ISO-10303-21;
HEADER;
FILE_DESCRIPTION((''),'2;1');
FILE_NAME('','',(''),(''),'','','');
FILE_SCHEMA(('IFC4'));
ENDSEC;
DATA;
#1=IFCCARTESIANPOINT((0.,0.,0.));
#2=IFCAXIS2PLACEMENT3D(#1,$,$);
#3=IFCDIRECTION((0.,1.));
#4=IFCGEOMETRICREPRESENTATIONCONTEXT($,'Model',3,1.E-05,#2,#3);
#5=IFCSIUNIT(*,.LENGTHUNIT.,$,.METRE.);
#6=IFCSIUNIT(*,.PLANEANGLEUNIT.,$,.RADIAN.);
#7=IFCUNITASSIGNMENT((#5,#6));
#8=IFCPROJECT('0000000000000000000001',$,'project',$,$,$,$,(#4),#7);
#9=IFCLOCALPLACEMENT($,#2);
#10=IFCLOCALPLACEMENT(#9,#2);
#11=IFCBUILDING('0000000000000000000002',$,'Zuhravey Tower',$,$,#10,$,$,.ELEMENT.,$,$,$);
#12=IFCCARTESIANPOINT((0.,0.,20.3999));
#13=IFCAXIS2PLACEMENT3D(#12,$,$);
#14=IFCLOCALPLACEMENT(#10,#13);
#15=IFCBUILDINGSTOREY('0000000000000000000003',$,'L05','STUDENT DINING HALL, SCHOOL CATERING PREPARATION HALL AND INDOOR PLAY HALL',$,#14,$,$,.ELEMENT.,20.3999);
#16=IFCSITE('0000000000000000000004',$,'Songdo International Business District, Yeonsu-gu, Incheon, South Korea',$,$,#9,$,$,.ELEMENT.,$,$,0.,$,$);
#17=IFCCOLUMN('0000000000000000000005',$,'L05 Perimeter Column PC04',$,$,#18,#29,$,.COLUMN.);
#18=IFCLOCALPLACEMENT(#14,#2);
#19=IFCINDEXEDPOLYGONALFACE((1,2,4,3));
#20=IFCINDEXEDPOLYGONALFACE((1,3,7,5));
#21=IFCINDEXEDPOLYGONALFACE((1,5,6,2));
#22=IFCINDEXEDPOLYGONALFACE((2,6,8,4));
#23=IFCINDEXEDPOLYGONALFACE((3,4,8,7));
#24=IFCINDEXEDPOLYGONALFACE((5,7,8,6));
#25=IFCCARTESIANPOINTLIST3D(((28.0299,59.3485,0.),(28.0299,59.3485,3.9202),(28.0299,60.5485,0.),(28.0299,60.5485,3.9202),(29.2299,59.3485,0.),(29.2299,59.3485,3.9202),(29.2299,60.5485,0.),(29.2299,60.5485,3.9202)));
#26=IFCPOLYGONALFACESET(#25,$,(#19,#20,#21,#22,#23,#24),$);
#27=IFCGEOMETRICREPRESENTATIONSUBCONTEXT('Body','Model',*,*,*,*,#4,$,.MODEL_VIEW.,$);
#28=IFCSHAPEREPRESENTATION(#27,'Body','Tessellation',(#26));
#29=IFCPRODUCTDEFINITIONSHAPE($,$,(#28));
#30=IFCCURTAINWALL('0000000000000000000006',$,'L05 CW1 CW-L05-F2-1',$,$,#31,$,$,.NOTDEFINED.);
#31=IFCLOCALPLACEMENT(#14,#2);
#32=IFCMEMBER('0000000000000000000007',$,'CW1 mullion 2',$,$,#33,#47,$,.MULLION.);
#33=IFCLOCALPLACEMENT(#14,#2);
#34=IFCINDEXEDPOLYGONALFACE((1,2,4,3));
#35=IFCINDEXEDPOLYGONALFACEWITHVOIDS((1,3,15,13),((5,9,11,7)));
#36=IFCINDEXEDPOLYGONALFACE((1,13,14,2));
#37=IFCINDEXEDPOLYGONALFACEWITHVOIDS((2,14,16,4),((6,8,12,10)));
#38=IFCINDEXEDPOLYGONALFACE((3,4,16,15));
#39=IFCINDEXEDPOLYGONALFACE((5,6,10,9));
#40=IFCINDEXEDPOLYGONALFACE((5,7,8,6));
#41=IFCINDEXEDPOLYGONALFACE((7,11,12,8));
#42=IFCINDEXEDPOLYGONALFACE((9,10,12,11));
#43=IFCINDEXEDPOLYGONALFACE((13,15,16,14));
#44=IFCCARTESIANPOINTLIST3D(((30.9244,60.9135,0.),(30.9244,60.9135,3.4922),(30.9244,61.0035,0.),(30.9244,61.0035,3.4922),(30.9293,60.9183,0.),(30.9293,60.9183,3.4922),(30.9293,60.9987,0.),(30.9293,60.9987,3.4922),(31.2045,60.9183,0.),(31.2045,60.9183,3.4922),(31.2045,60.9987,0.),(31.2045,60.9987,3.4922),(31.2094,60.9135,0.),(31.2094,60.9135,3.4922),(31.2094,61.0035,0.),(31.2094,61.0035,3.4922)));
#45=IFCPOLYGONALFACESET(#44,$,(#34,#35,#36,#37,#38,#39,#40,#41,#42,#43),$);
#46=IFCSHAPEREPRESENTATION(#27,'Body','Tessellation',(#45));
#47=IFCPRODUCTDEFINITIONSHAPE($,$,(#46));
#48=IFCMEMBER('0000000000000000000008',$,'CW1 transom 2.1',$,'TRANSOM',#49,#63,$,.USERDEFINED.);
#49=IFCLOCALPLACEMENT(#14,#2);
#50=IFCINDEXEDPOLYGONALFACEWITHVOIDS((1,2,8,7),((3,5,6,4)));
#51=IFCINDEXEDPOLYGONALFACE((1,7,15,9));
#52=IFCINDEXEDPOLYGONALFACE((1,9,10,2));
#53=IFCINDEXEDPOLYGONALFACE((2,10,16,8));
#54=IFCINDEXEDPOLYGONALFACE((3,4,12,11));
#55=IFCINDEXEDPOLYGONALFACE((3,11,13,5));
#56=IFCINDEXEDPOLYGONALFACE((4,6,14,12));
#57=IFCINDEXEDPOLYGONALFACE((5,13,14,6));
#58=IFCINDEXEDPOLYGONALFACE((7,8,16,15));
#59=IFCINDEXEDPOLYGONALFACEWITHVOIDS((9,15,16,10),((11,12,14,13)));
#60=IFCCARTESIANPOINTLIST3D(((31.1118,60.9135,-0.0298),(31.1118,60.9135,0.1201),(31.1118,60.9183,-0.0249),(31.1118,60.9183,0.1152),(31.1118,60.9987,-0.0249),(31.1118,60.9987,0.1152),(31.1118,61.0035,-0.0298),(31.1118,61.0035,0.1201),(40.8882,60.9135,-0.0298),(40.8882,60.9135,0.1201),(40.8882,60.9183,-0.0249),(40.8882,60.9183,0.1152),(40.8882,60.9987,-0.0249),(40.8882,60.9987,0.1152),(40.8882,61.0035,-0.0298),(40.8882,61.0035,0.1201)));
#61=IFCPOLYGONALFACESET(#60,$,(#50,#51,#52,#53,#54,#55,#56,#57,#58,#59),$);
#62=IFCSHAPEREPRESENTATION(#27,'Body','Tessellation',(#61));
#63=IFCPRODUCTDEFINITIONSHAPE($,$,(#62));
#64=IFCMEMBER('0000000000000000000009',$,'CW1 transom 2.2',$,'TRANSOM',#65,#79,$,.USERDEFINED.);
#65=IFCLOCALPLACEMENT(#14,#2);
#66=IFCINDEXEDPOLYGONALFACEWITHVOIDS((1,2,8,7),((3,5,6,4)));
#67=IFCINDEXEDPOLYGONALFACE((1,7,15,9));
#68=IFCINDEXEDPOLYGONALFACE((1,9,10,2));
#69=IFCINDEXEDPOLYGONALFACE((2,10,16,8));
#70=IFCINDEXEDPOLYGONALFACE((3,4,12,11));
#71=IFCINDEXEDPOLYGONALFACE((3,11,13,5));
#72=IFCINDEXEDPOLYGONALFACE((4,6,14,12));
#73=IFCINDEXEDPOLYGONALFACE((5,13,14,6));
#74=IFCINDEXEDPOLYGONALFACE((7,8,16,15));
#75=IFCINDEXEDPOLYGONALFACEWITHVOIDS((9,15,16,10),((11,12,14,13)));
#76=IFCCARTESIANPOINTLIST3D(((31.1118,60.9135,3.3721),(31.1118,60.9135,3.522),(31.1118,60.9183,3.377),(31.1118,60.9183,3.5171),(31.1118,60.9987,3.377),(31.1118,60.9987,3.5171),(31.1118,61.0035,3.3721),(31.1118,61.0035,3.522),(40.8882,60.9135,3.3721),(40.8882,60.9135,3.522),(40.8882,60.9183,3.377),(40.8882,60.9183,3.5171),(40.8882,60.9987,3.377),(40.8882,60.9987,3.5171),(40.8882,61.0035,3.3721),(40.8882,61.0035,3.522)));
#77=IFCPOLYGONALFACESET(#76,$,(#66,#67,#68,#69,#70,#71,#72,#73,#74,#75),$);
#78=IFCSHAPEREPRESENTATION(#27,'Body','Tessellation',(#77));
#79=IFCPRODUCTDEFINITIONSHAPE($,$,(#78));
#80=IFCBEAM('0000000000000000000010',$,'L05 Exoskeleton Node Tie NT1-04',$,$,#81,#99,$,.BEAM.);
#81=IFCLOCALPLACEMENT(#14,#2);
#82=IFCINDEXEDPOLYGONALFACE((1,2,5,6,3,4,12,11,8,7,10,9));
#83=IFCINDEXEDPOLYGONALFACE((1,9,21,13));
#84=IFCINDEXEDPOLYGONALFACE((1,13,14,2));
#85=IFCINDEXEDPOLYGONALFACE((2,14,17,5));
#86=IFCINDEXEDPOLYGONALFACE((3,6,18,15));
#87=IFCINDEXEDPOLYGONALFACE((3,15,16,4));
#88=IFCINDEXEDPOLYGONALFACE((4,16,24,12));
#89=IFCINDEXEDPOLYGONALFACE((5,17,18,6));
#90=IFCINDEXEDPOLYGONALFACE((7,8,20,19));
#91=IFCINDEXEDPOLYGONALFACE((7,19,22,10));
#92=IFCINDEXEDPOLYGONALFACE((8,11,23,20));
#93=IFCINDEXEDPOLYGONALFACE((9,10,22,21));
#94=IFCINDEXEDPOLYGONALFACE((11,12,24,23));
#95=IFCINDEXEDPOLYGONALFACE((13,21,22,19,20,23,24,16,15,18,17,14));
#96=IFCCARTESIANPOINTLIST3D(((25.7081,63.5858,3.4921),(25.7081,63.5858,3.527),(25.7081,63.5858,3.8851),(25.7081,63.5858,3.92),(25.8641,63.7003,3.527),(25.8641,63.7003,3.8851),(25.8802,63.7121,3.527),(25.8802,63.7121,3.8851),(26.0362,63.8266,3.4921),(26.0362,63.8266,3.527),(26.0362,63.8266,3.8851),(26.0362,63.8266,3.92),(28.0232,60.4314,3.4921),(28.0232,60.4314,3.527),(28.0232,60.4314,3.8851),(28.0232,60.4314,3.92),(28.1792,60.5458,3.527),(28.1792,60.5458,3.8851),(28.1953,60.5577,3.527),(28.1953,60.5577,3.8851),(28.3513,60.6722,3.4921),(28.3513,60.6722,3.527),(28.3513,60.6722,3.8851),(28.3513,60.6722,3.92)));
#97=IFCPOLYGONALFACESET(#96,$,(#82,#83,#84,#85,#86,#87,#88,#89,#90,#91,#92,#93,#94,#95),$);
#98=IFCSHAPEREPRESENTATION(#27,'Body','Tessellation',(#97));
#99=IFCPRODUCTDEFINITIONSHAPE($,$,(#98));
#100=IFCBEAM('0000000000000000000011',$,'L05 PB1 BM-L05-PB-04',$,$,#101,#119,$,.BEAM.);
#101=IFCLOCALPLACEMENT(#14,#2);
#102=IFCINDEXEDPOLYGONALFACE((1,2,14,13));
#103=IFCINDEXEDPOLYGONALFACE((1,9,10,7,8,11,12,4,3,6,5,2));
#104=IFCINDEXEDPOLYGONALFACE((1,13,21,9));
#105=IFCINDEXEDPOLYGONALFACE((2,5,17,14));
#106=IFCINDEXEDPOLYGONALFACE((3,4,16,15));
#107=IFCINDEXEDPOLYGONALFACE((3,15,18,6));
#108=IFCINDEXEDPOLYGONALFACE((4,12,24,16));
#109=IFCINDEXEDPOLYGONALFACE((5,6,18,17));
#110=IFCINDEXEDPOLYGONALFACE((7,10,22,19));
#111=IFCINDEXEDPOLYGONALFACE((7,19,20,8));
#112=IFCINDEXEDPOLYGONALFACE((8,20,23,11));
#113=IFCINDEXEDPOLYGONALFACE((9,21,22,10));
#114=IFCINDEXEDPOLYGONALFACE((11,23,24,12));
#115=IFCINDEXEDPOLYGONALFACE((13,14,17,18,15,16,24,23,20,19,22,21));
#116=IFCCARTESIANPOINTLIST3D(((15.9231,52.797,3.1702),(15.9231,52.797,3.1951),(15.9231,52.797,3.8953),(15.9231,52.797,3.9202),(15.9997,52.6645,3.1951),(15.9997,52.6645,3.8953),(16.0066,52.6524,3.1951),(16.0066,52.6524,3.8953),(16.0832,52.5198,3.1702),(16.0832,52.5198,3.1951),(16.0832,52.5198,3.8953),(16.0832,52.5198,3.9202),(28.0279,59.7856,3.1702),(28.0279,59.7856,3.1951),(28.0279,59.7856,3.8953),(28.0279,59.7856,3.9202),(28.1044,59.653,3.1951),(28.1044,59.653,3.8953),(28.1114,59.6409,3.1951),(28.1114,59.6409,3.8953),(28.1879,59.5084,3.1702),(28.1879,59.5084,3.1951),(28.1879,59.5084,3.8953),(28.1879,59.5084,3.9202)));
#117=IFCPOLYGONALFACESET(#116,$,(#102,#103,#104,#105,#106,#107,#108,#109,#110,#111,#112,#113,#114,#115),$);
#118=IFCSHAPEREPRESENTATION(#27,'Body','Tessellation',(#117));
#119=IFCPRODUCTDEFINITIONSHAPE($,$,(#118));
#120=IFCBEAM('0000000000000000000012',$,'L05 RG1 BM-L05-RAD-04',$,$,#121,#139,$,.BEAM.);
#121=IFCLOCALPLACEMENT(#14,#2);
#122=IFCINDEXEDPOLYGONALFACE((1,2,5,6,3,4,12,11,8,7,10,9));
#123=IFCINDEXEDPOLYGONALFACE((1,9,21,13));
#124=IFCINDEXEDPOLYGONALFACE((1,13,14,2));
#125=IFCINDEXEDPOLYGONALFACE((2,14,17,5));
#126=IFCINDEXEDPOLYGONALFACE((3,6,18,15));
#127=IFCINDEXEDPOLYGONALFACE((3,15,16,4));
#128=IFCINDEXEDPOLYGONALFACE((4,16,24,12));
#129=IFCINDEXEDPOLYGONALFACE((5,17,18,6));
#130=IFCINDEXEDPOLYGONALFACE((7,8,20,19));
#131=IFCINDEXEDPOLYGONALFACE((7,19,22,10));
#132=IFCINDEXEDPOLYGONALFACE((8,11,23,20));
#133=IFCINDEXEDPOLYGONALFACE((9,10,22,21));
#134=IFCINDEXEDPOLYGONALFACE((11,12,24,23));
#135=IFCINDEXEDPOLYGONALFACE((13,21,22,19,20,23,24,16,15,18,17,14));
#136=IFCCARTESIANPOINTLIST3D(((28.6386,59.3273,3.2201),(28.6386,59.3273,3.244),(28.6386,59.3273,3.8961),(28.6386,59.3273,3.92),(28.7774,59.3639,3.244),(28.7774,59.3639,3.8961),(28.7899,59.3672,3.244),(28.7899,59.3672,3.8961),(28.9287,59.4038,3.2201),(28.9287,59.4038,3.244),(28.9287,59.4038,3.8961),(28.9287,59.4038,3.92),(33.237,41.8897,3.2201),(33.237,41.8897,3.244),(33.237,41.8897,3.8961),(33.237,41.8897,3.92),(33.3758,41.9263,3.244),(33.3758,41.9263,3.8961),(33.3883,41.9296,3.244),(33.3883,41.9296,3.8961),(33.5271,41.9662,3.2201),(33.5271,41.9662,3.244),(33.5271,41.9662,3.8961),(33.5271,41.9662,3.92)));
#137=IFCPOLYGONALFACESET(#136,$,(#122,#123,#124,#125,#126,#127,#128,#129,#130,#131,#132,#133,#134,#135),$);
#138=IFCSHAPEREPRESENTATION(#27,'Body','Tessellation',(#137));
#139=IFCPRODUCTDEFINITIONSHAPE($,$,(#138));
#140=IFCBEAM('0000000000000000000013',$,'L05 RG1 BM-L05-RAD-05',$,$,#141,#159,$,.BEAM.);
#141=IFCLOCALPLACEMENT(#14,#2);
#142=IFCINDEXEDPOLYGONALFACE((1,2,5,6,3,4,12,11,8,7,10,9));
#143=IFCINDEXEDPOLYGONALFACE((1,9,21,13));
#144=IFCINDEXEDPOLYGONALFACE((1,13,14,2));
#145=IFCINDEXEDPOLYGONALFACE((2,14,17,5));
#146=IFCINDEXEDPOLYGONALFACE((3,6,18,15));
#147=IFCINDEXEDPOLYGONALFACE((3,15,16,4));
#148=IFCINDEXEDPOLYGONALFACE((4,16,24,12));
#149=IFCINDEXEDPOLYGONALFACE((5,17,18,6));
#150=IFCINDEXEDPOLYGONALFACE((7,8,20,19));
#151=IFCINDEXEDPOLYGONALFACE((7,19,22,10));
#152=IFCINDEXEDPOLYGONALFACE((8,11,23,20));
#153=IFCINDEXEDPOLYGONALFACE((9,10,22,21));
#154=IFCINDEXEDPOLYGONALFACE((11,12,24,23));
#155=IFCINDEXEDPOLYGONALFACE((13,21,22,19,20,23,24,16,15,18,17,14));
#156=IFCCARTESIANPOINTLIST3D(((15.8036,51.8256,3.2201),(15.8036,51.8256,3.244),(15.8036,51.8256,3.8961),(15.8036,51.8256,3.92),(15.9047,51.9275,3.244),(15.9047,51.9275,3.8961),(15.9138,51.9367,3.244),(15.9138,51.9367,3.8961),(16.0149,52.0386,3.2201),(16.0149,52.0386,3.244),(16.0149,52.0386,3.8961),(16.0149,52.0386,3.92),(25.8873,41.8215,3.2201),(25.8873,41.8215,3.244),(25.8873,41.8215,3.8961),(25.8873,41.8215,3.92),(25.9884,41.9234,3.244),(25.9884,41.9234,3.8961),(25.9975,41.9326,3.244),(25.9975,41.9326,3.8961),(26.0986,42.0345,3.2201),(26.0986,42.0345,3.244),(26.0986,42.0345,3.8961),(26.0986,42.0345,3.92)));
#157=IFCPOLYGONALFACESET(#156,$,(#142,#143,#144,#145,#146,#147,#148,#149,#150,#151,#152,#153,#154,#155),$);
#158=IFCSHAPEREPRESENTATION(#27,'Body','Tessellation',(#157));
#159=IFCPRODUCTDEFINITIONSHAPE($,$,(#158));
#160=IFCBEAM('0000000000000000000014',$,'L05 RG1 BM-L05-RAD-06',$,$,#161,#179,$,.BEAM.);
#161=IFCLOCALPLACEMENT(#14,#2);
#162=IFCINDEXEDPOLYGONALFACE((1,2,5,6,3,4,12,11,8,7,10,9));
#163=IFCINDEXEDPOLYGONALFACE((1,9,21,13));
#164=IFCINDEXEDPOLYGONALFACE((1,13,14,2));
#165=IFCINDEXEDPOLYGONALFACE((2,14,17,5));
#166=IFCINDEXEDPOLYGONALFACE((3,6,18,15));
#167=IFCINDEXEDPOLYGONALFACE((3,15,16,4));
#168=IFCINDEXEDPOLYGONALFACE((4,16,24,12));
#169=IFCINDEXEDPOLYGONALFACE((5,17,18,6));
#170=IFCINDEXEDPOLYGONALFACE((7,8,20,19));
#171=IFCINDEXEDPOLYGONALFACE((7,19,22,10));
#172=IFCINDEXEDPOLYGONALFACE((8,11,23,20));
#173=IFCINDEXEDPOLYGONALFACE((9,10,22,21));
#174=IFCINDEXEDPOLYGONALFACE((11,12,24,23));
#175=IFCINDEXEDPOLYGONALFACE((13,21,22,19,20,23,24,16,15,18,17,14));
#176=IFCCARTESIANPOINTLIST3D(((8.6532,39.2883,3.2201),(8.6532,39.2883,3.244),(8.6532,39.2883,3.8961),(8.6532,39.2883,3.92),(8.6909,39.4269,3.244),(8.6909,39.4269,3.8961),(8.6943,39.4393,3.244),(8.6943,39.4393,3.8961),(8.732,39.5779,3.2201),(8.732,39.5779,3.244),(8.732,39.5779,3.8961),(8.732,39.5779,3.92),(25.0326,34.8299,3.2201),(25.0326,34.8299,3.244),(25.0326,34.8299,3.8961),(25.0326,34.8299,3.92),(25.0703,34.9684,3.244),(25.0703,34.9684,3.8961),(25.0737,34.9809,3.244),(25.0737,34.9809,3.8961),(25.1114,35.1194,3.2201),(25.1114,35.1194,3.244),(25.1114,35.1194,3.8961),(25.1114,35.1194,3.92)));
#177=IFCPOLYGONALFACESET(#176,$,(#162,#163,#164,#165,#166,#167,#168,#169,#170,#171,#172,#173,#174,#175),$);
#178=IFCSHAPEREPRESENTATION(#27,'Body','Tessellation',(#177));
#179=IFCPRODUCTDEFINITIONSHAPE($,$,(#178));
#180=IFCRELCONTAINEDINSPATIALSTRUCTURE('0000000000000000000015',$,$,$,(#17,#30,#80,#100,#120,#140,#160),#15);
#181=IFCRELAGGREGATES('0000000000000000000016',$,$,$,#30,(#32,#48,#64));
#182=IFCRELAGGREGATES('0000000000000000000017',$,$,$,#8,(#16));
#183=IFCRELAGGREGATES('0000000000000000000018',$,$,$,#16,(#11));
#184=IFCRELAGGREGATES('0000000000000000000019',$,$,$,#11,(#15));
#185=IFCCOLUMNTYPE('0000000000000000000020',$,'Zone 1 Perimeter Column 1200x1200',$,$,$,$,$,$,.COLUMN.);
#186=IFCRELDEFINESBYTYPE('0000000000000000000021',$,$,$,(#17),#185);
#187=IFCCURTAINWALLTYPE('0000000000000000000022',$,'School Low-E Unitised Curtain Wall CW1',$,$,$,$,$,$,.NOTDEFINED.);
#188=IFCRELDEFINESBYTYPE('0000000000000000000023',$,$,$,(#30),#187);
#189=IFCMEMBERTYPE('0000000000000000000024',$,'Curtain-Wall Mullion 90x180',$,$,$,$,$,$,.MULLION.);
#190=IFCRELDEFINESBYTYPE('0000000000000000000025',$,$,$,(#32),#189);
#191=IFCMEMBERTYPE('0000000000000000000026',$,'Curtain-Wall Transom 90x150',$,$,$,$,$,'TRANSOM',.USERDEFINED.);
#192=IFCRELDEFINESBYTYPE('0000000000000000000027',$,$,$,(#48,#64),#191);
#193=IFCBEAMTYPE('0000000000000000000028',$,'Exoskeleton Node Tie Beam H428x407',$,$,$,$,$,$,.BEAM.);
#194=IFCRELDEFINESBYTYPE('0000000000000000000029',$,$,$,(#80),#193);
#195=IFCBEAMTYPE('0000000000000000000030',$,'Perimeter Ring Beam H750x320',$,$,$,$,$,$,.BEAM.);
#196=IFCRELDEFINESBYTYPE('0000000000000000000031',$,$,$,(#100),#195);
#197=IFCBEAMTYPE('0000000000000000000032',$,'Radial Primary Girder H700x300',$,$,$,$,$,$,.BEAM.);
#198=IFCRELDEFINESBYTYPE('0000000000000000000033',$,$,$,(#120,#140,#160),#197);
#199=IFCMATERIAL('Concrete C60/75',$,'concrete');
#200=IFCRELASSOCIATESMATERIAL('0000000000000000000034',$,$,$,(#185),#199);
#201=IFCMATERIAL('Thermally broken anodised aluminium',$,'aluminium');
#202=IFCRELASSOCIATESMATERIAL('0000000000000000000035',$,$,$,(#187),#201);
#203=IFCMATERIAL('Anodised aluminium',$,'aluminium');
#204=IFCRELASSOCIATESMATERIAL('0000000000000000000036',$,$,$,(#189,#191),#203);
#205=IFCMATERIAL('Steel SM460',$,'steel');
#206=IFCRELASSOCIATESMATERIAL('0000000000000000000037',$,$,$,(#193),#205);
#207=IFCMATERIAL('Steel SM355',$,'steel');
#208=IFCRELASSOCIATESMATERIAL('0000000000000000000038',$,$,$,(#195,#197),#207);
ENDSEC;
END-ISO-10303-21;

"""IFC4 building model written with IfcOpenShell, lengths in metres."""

from ifc_helpers import new_model, si_unit, direction, frame, origin, origin_2d, place, context, subcontext, project, spatial, rectangle, hollow_rectangle, i_section, extrude, material, material_profile, profile_set, type_object, element, aggregate, save


model = new_model("IFC4")

# Units and contexts
model_context = context("Model", 3, precision=1e-05, world=origin(), true_north=direction((0.0, 1.0)))
body_context = subcontext(model_context, "Body", "Model", "MODEL_VIEW")
ifc_project = project(units=[si_unit("LENGTHUNIT", "METRE"), si_unit("PLANEANGLEUNIT", "RADIAN")], contexts=[model_context])

# Site, building, storey
site_placement = place(None, origin())
site = spatial("IfcSite", under=ifc_project, at=site_placement, Name="Songdo International Business District, Yeonsu-gu, Incheon, South Korea", CompositionType="ELEMENT", RefElevation=0.0)
building_placement = place(site_placement, origin())
building = spatial("IfcBuilding", under=site, at=building_placement, Name="Zuhravey Tower", CompositionType="ELEMENT")
storey_placement = place(building_placement, frame((0.0, 0.0, 20.3999)))
storey = spatial("IfcBuildingStorey", under=building, at=storey_placement, Name="L05", Description="STUDENT DINING HALL, SCHOOL CATERING PREPARATION HALL AND INDOOR PLAY HALL", CompositionType="ELEMENT", Elevation=20.3999)

# Column
ifc_material_1 = material(Name="Concrete C60/75", Category="concrete")
ifc_material_profile_1 = material_profile(ifc_material_1, rectangle(XDim=1.2, YDim=1.2, at=origin_2d()), Name="RC-1200x1200")
ifc_profile_set_1 = profile_set([ifc_material_profile_1], Name="Concrete C60/75")
column_type = type_object("IfcColumnType", Name="Zone 1 Perimeter Column 1200x1200", PredefinedType="COLUMN", material=ifc_profile_set_1)
column_placement = place(storey_placement, frame((28.6299, 59.9485, 0.0), z_axis=(0.0, 0.0, 1.0), x_axis=(-1.0, 0.0, 0.0)))
element("IfcColumn", 1, at=column_placement, inside=storey, type_object=column_type, Name="L05 Perimeter Column PC04", PredefinedType="COLUMN", context=body_context, shape_type="SweptSolid", body=[
    extrude(rectangle(XDim=1.2, YDim=1.2, at=origin_2d()), origin(), (0.0, 0.0, 1.0), 3.9202),
])

# Curtain wall, members
ifc_material_2 = material(Name="Thermally broken anodised aluminium", Category="aluminium")
curtain_wall_type = type_object("IfcCurtainWallType", Name="School Low-E Unitised Curtain Wall CW1", PredefinedType="NOTDEFINED", material=ifc_material_2)
curtain_wall_placement = place(storey_placement, origin())
curtain_wall = element("IfcCurtainWall", 2, at=curtain_wall_placement, inside=storey, type_object=curtain_wall_type, Name="L05 CW1 CW-L05-F2-1", PredefinedType="NOTDEFINED")
ifc_material_3 = material(Name="Anodised aluminium", Category="aluminium")
ifc_material_profile_2 = material_profile(ifc_material_3, hollow_rectangle(XDim=0.0901, YDim=0.2849, WallThickness=0.0049, at=origin_2d()), Name="ALU-RHS-90x285x5")
ifc_profile_set_2 = profile_set([ifc_material_profile_2], Name="Anodised aluminium")
member_type_1 = type_object("IfcMemberType", Name="Curtain-Wall Mullion 90x180", PredefinedType="MULLION", material=ifc_profile_set_2)
member_1_placement = place(storey_placement, frame((31.0669, 60.9585, 0.0), z_axis=(0.0, 0.0, 1.0), x_axis=(0.0, 1.0, 0.0)))
member_1 = element("IfcMember", 3, at=member_1_placement, type_object=member_type_1, Name="CW1 mullion 2", PredefinedType="MULLION", context=body_context, shape_type="SweptSolid", body=[
    extrude(hollow_rectangle(XDim=0.0901, YDim=0.2849, WallThickness=0.0049, at=origin_2d()), origin(), (0.0, 0.0, 1.0), 3.4922),
])
ifc_material_profile_3 = material_profile(ifc_material_3, hollow_rectangle(XDim=0.0901, YDim=0.1499, WallThickness=0.0049, at=origin_2d()), Name="ALU-RHS-90x150x5")
ifc_profile_set_3 = profile_set([ifc_material_profile_3], Name="Anodised aluminium")
member_type_2 = type_object("IfcMemberType", Name="Curtain-Wall Transom 90x150", ElementType="TRANSOM", PredefinedType="USERDEFINED", material=ifc_profile_set_3)
member_2_placement = place(storey_placement, frame((31.1118, 60.9585, 0.0452), z_axis=(1.0, 0.0, 0.0), x_axis=(0.0, 1.0, 0.0)))
member_2 = element("IfcMember", 4, at=member_2_placement, type_object=member_type_2, Name="CW1 transom 2.1", ObjectType="TRANSOM", PredefinedType="USERDEFINED", context=body_context, shape_type="SweptSolid", body=[
    extrude(hollow_rectangle(XDim=0.0901, YDim=0.1499, WallThickness=0.0049, at=origin_2d()), origin(), (0.0, 0.0, 1.0), 9.7764),
])
member_3_placement = place(storey_placement, frame((31.1118, 60.9585, 3.447), z_axis=(1.0, 0.0, 0.0), x_axis=(0.0, 1.0, 0.0)))
member_3 = element("IfcMember", 5, at=member_3_placement, type_object=member_type_2, Name="CW1 transom 2.2", ObjectType="TRANSOM", PredefinedType="USERDEFINED", context=body_context, shape_type="SweptSolid", body=[
    extrude(hollow_rectangle(XDim=0.0901, YDim=0.1499, WallThickness=0.0049, at=origin_2d()), origin(), (0.0, 0.0, 1.0), 9.7764),
])

# Beams
ifc_material_4 = material(Name="Steel SM460", Category="steel")
ifc_material_profile_4 = material_profile(ifc_material_4, i_section(OverallWidth=0.407, OverallDepth=0.428, WebThickness=0.02, FlangeThickness=0.0349, at=origin_2d()), Name="H-428x407x20x35")
ifc_profile_set_4 = profile_set([ifc_material_profile_4], Name="Steel SM460")
beam_type_1 = type_object("IfcBeamType", Name="Exoskeleton Node Tie Beam H428x407", PredefinedType="BEAM", material=ifc_profile_set_4)
beam_1_placement = place(storey_placement, frame((28.1873, 60.5518, 3.7061), z_axis=(-0.591672, 0.806179, 0.0), x_axis=(-0.806179, -0.591672, 0.0)))
element("IfcBeam", 6, at=beam_1_placement, inside=storey, type_object=beam_type_1, Name="L05 Exoskeleton Node Tie NT1-04", PredefinedType="BEAM", context=body_context, shape_type="SweptSolid", body=[
    extrude(i_section(OverallWidth=0.407, OverallDepth=0.428, WebThickness=0.02, FlangeThickness=0.0349, at=origin_2d()), origin(), (0.0, 0.0, 1.0), 3.9128),
])
ifc_material_5 = material(Name="Steel SM355", Category="steel")
ifc_material_profile_5 = material_profile(ifc_material_5, i_section(OverallWidth=0.3201, OverallDepth=0.75, WebThickness=0.0139, FlangeThickness=0.0249, at=origin_2d()), Name="H-750x320x14x25")
ifc_profile_set_5 = profile_set([ifc_material_profile_5], Name="Steel SM355")
beam_type_2 = type_object("IfcBeamType", Name="Perimeter Ring Beam H750x320", PredefinedType="BEAM", material=ifc_profile_set_5)
beam_2_placement = place(storey_placement, frame((28.1079, 59.647, 3.5452), z_axis=(-0.86603, -0.499992, 0.0), x_axis=(0.499992, -0.86603, 0.0)))
element("IfcBeam", 7, at=beam_2_placement, inside=storey, type_object=beam_type_2, Name="L05 PB1 BM-L05-PB-04", PredefinedType="BEAM", context=body_context, shape_type="SweptSolid", body=[
    extrude(i_section(OverallWidth=0.3201, OverallDepth=0.75, WebThickness=0.0139, FlangeThickness=0.0249, at=origin_2d()), origin(), (0.0, 0.0, 1.0), 13.9773),
])
ifc_material_profile_6 = material_profile(ifc_material_5, i_section(OverallWidth=0.3, OverallDepth=0.7, WebThickness=0.0129, FlangeThickness=0.0239, at=origin_2d()), Name="H-700x300x13x24")
ifc_profile_set_6 = profile_set([ifc_material_profile_6], Name="Steel SM355")
beam_type_3 = type_object("IfcBeamType", Name="Radial Primary Girder H700x300", PredefinedType="BEAM", material=ifc_profile_set_6)
beam_3_placement = place(storey_placement, frame((33.3821, 41.928, 3.5701), z_axis=(-0.25499, 0.966944, 0.0), x_axis=(-0.966944, -0.25499, 0.0)))
element("IfcBeam", 8, at=beam_3_placement, inside=storey, type_object=beam_type_3, Name="L05 RG1 BM-L05-RAD-04", PredefinedType="BEAM", context=body_context, shape_type="SweptSolid", body=[
    extrude(i_section(OverallWidth=0.3, OverallDepth=0.7, WebThickness=0.0129, FlangeThickness=0.0239, at=origin_2d()), origin(), (0.0, 0.0, 1.0), 18.0337),
])
beam_4_placement = place(storey_placement, frame((25.9929, 41.928, 3.5701), z_axis=(-0.709903, 0.7043, 0.0), x_axis=(-0.7043, -0.709903, 0.0)))
element("IfcBeam", 9, at=beam_4_placement, inside=storey, type_object=beam_type_3, Name="L05 RG1 BM-L05-RAD-05", PredefinedType="BEAM", context=body_context, shape_type="SweptSolid", body=[
    extrude(i_section(OverallWidth=0.3, OverallDepth=0.7, WebThickness=0.0129, FlangeThickness=0.0239, at=origin_2d()), origin(), (0.0, 0.0, 1.0), 14.2043),
])
beam_5_placement = place(storey_placement, frame((25.072, 34.9746, 3.5701), z_axis=(-0.964892, 0.262645, 0.0), x_axis=(-0.262645, -0.964892, 0.0)))
element("IfcBeam", 10, at=beam_5_placement, inside=storey, type_object=beam_type_3, Name="L05 RG1 BM-L05-RAD-06", PredefinedType="BEAM", context=body_context, shape_type="SweptSolid", body=[
    extrude(i_section(OverallWidth=0.3, OverallDepth=0.7, WebThickness=0.0129, FlangeThickness=0.0239, at=origin_2d()), origin(), (0.0, 0.0, 1.0), 16.9753),
])

aggregate(curtain_wall, [member_1, member_2, member_3])

save(model, "model.ifc")
